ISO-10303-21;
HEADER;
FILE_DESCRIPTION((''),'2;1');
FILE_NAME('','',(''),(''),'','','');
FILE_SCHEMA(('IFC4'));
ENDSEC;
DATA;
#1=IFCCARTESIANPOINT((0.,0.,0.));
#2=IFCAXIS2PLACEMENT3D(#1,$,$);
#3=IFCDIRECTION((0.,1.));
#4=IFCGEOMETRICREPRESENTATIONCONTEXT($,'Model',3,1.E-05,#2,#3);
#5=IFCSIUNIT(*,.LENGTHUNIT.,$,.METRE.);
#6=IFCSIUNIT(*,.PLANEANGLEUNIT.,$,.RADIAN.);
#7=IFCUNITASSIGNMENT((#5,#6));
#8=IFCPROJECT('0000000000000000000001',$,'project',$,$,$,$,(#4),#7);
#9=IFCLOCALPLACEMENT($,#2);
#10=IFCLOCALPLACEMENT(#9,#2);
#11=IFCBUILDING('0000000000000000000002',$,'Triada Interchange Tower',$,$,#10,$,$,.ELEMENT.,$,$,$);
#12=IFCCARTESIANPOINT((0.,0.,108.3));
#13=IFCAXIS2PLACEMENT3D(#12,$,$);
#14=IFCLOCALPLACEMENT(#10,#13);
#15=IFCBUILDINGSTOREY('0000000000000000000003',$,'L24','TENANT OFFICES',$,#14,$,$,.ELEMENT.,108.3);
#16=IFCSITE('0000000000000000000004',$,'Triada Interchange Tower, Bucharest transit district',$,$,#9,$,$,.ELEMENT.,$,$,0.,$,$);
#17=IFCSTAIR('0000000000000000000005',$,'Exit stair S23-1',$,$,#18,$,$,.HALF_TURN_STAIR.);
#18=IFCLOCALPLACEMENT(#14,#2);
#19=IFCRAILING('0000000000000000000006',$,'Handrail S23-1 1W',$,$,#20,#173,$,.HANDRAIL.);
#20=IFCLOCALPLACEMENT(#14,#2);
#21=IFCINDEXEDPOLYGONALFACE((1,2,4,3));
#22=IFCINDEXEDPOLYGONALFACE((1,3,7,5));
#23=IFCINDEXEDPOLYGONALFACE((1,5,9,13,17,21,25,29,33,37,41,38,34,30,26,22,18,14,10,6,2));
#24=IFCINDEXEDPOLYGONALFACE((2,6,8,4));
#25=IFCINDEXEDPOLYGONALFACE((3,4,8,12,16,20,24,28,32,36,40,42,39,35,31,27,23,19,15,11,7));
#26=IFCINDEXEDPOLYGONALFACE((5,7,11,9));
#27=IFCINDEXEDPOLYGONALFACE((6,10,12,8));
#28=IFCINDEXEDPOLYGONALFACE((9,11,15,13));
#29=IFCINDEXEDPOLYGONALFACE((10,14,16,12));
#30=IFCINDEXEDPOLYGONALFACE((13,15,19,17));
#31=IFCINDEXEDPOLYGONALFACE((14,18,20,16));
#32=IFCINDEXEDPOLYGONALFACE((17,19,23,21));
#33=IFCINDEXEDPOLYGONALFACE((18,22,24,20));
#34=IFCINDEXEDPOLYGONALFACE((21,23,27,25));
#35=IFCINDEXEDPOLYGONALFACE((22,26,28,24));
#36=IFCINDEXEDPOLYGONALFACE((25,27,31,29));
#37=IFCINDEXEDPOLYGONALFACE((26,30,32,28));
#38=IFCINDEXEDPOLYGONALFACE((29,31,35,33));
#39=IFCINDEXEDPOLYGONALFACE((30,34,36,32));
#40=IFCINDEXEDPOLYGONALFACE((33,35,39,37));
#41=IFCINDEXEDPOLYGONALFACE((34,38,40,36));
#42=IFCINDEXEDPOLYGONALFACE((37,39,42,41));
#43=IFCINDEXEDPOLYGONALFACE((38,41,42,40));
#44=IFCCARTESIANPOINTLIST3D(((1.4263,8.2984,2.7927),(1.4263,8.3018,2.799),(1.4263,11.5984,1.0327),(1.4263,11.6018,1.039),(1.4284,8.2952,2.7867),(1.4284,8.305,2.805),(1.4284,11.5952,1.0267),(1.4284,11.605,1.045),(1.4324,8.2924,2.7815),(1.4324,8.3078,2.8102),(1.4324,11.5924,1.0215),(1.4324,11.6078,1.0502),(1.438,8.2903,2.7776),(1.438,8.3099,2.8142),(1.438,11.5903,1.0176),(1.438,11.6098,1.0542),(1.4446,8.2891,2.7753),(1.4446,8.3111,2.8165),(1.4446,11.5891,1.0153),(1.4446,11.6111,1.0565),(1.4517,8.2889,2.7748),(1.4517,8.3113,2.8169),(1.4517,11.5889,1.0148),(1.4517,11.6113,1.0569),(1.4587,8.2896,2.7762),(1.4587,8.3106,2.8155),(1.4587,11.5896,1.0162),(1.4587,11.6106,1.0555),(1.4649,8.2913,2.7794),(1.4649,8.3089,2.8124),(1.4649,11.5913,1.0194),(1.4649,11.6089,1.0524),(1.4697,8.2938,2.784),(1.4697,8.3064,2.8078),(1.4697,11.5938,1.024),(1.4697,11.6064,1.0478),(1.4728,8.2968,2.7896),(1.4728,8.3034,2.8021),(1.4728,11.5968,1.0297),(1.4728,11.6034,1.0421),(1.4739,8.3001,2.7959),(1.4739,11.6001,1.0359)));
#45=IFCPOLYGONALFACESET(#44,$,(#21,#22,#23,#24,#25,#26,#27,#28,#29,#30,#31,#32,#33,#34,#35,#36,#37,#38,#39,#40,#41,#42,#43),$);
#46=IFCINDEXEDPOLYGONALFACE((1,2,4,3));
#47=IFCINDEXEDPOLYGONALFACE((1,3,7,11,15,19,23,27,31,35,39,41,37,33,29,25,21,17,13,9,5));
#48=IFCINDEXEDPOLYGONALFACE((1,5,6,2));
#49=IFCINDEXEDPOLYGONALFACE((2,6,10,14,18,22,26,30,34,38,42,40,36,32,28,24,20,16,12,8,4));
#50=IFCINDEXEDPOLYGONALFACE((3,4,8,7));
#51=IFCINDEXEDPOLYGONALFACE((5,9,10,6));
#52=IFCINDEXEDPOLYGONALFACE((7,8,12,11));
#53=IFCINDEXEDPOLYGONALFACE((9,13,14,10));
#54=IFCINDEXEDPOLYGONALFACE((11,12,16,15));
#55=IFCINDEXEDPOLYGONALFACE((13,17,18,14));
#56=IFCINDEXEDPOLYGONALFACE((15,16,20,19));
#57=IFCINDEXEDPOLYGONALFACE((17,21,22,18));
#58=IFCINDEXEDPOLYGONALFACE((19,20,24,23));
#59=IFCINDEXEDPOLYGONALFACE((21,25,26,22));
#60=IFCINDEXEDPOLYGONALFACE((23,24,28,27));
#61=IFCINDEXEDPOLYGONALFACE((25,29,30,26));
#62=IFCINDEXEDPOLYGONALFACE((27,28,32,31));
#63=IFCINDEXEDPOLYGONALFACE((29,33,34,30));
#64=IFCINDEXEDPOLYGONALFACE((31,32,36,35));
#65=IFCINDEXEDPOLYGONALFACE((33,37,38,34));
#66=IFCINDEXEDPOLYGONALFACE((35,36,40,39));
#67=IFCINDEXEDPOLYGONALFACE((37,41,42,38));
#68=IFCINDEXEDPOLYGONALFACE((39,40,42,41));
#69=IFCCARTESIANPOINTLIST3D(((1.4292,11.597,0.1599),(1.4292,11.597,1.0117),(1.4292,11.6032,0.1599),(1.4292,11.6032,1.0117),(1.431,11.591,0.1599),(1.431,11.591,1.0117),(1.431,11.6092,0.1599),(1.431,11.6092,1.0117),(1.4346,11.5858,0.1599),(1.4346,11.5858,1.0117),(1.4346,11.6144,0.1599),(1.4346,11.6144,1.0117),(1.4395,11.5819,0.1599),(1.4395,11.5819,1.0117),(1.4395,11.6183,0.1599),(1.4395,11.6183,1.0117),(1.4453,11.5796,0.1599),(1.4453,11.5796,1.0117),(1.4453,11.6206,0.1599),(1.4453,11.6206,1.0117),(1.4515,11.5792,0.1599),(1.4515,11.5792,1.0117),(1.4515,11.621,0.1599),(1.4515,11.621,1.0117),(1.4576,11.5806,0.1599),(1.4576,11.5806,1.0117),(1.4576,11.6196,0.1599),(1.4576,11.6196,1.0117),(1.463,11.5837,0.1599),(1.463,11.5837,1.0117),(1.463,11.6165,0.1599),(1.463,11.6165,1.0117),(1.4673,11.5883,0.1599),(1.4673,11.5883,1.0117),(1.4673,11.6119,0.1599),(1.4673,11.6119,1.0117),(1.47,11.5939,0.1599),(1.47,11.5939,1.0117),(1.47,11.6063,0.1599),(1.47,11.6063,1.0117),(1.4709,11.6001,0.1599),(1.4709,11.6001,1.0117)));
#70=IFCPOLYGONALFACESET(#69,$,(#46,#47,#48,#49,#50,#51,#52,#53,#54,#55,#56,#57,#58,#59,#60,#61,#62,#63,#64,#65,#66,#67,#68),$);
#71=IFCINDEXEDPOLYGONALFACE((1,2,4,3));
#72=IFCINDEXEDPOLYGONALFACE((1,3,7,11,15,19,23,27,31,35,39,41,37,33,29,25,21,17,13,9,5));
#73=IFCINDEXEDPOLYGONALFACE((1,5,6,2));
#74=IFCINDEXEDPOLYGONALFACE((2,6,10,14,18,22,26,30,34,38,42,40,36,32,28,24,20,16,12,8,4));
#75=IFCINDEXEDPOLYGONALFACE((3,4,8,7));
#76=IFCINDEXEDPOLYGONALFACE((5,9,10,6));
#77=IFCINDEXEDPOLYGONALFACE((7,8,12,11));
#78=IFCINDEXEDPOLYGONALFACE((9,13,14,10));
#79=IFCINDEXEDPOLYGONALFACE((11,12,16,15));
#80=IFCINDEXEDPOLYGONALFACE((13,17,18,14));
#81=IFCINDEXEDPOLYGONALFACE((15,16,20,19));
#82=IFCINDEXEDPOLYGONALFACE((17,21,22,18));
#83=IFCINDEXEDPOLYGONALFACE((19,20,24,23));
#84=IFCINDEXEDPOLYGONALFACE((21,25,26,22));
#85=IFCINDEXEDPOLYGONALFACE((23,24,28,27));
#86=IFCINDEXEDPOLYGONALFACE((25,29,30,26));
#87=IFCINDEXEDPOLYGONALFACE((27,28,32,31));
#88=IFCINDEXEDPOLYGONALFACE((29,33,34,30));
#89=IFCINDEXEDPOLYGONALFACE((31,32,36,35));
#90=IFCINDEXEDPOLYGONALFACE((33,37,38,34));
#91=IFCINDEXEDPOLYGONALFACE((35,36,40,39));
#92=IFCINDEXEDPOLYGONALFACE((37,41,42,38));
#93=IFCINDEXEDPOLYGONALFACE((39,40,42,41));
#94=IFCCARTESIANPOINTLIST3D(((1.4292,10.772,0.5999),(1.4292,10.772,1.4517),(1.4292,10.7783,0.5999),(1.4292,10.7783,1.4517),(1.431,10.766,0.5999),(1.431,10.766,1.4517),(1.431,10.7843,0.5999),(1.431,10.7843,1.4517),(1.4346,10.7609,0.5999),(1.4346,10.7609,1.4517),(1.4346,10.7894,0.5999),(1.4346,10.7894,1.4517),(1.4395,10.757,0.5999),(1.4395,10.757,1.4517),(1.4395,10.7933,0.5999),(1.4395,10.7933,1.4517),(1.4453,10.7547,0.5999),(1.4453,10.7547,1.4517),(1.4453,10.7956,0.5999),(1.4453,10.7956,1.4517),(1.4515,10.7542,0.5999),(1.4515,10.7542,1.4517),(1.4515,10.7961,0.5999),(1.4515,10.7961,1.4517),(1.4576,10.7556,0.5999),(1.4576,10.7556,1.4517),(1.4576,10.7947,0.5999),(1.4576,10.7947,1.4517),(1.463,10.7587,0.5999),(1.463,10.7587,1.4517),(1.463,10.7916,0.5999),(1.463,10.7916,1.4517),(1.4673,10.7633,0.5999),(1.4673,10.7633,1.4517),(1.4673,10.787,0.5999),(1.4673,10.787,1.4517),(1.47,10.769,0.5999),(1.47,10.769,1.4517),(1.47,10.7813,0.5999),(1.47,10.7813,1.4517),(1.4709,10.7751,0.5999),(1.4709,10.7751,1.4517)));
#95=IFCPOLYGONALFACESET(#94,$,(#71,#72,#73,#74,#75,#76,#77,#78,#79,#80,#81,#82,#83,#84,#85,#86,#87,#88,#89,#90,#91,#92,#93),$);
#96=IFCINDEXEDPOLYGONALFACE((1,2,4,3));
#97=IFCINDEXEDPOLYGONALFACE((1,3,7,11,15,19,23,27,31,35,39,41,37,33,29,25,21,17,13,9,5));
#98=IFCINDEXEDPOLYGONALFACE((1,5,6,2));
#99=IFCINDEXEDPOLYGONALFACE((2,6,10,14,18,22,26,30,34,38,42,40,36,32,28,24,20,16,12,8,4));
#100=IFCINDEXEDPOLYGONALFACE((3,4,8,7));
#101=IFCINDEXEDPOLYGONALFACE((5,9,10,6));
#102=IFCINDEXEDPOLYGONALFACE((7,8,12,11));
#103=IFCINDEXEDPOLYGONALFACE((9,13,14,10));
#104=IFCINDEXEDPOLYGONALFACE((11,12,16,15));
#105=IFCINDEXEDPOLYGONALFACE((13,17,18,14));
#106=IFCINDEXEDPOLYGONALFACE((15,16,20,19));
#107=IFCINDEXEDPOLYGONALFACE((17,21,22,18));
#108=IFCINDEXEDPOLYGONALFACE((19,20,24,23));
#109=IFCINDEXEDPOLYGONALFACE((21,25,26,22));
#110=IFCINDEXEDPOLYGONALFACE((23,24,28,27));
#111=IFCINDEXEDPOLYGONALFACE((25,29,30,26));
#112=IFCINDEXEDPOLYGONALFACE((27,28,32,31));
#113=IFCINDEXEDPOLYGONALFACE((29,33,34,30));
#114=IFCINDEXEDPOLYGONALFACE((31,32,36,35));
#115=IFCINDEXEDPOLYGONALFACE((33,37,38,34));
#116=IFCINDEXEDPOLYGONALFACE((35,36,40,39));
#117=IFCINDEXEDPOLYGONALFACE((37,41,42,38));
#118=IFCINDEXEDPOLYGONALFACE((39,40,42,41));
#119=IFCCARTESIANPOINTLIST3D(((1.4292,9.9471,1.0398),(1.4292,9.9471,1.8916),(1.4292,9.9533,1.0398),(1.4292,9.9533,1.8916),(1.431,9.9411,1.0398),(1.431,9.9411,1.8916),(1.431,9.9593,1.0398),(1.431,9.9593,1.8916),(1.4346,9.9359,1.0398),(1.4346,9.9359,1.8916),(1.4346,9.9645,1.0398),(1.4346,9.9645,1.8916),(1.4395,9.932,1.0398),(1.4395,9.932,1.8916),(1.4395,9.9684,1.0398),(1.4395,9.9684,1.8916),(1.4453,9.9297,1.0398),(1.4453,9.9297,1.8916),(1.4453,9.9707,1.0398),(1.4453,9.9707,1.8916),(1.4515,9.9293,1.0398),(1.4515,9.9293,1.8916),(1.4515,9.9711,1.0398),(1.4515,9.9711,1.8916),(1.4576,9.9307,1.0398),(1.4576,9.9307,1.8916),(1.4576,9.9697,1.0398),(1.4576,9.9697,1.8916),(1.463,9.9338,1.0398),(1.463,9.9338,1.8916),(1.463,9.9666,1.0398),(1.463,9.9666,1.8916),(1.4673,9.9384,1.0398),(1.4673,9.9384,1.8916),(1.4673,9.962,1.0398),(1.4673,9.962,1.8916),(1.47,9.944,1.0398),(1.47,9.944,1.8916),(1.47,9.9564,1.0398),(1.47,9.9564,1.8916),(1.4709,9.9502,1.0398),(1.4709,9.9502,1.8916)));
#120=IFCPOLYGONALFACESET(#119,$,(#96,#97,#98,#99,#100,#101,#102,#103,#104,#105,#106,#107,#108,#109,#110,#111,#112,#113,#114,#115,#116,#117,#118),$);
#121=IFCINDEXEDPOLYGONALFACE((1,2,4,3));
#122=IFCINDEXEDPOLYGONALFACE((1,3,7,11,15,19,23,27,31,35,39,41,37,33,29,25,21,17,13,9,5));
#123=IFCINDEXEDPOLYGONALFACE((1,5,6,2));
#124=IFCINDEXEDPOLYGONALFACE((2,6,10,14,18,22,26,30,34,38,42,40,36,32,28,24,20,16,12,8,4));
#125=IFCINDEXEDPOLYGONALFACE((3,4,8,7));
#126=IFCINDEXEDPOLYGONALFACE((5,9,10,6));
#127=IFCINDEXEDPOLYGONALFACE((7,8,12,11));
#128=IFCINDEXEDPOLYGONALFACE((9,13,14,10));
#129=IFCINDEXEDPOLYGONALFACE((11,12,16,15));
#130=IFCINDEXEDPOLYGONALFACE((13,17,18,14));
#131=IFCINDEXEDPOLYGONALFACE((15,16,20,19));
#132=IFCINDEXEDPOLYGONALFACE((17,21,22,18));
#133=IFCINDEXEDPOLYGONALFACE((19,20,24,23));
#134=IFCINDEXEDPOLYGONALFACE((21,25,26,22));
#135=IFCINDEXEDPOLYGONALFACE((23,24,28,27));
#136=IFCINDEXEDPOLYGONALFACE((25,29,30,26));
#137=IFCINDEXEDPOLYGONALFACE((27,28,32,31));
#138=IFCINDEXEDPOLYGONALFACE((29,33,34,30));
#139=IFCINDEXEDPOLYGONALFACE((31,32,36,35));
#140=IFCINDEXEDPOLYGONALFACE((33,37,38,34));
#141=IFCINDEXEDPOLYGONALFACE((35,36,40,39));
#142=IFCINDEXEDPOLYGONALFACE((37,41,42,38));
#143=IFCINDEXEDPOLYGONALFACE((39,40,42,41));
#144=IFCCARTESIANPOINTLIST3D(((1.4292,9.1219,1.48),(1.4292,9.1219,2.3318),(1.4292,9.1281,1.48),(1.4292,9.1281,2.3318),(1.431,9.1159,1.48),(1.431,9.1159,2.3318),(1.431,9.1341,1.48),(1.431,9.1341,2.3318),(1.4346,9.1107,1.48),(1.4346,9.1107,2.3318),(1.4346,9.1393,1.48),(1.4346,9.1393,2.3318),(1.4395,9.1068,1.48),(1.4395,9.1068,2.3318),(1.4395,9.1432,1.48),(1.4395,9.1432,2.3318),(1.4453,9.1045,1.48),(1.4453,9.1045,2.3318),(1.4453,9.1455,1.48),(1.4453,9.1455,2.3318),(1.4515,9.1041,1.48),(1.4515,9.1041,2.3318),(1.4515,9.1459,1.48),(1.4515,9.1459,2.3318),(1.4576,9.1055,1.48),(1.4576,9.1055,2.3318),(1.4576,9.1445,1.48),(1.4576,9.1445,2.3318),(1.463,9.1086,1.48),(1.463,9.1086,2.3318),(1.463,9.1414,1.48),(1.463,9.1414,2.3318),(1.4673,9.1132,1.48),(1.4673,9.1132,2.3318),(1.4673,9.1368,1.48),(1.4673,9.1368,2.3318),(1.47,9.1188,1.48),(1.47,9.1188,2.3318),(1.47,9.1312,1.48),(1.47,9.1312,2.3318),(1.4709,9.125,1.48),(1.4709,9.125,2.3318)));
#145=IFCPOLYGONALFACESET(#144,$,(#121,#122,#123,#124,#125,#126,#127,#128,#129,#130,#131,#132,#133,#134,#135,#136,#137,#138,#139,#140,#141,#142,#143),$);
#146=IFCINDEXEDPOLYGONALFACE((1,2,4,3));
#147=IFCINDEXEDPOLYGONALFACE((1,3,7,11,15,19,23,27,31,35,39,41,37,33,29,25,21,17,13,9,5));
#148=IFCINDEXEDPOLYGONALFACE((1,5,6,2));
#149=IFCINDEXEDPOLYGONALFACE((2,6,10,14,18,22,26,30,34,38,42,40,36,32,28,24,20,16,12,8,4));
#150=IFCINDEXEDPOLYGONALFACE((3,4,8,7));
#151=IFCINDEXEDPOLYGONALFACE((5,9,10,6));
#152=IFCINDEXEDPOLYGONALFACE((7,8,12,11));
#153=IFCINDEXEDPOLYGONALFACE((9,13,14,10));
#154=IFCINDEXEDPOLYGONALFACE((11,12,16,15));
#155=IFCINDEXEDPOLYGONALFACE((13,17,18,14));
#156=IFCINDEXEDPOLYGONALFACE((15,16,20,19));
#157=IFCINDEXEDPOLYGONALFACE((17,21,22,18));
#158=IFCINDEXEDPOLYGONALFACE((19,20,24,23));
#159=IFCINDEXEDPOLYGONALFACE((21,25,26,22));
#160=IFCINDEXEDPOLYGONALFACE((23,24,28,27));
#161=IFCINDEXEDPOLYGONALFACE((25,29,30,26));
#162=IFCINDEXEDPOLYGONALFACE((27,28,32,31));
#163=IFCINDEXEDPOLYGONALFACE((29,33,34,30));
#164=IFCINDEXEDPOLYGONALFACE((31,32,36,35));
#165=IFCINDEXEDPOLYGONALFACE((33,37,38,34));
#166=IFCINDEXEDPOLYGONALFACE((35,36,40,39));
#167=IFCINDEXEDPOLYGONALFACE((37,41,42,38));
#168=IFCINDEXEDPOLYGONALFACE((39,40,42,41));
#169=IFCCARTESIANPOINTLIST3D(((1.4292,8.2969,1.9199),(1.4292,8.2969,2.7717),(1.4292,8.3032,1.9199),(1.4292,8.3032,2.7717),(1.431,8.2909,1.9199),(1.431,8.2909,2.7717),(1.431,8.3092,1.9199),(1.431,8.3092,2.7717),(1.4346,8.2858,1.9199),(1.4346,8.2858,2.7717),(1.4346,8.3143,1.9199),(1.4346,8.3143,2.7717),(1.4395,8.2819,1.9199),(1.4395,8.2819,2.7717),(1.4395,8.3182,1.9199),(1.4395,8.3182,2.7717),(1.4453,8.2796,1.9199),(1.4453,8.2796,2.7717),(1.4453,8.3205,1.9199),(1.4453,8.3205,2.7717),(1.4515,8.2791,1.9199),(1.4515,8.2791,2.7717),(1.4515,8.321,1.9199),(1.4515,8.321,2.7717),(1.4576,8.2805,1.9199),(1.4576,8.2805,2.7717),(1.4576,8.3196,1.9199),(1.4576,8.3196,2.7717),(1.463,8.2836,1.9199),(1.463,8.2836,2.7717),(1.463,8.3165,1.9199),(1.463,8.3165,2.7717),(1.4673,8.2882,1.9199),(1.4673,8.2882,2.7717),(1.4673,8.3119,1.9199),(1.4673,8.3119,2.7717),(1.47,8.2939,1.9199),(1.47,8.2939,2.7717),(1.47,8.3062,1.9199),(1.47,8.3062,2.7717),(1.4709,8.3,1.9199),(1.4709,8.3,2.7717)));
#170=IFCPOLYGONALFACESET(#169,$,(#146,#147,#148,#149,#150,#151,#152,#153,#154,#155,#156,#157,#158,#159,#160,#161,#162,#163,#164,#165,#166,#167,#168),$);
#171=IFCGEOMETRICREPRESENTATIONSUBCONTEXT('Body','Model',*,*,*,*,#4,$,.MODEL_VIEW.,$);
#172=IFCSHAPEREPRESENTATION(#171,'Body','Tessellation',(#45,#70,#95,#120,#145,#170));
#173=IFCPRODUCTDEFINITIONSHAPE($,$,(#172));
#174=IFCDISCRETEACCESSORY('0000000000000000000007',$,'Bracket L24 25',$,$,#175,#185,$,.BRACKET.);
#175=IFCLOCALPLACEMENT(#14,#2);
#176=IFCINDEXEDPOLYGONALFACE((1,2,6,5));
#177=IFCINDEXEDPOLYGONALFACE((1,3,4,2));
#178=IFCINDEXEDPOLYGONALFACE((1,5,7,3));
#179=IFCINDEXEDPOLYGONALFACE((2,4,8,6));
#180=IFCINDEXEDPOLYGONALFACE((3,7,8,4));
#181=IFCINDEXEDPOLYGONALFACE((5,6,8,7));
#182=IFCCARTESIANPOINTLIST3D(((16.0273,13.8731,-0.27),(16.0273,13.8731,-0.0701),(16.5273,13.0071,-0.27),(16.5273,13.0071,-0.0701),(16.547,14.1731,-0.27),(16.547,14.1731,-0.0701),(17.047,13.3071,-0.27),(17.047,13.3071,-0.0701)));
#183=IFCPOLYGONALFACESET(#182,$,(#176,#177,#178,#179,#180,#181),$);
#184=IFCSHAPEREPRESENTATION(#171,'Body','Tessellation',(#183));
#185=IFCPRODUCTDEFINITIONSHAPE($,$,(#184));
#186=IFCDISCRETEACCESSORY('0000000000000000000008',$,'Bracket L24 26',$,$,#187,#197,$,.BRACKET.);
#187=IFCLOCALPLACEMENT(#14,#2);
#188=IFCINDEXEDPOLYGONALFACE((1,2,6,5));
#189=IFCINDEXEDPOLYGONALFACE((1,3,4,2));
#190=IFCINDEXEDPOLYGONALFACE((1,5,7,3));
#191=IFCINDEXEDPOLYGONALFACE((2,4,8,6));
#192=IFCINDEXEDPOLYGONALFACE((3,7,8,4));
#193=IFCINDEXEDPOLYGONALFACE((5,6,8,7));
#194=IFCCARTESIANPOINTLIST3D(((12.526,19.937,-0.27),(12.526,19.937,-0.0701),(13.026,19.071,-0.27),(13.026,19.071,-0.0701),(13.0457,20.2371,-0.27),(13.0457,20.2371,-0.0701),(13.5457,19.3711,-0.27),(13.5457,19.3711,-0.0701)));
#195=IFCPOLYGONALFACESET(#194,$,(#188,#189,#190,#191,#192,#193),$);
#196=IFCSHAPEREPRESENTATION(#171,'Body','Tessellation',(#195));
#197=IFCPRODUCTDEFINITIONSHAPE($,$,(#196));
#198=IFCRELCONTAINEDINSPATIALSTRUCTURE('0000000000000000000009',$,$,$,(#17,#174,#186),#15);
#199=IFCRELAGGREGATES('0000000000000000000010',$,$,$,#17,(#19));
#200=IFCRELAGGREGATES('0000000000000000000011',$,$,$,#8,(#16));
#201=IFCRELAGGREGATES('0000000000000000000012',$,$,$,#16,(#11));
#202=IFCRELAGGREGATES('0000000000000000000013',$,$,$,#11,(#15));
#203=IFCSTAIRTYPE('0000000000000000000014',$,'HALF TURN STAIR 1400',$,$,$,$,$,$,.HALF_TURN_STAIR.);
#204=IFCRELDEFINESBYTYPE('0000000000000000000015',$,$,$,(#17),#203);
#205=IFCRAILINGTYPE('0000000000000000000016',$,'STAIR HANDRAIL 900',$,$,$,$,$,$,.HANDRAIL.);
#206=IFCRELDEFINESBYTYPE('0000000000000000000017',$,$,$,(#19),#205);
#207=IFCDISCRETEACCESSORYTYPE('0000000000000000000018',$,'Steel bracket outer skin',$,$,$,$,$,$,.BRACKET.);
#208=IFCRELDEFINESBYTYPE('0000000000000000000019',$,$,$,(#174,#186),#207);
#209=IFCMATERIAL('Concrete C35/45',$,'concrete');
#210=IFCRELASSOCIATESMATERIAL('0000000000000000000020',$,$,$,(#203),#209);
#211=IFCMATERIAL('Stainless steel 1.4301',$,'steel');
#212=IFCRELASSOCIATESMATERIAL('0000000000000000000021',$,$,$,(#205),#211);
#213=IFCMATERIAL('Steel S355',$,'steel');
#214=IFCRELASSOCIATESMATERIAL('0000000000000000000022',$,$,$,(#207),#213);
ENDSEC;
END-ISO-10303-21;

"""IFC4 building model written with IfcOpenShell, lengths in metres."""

from ifc_helpers import new_model, si_unit, direction, frame, origin, origin_2d, place, context, subcontext, project, spatial, rectangle, circle, extrude, material, type_object, element, aggregate, save


model = new_model("IFC4")

# Units and contexts
model_context = context("Model", 3, precision=1e-05, world=origin(), true_north=direction((0.0, 1.0)))
body_context = subcontext(model_context, "Body", "Model", "MODEL_VIEW")
ifc_project = project(units=[si_unit("LENGTHUNIT", "METRE"), si_unit("PLANEANGLEUNIT", "RADIAN")], contexts=[model_context])

# Site, building, storey
site_placement = place(None, origin())
site = spatial("IfcSite", under=ifc_project, at=site_placement, Name="Triada Interchange Tower, Bucharest transit district", CompositionType="ELEMENT", RefElevation=0.0)
building_placement = place(site_placement, origin())
building = spatial("IfcBuilding", under=site, at=building_placement, Name="Triada Interchange Tower", CompositionType="ELEMENT")
storey_placement = place(building_placement, frame((0.0, 0.0, 108.3)))
storey = spatial("IfcBuildingStorey", under=building, at=storey_placement, Name="L24", Description="TENANT OFFICES", CompositionType="ELEMENT", Elevation=108.3)

# Stair
ifc_material_1 = material(Name="Concrete C35/45", Category="concrete")
stair_type = type_object("IfcStairType", Name="HALF TURN STAIR 1400", PredefinedType="HALF_TURN_STAIR", material=ifc_material_1)
stair_placement = place(storey_placement, origin())
stair = element("IfcStair", 1, at=stair_placement, inside=storey, type_object=stair_type, Name="Exit stair S23-1", PredefinedType="HALF_TURN_STAIR")

# Railing
ifc_material_2 = material(Name="Stainless steel 1.4301", Category="steel")
railing_type = type_object("IfcRailingType", Name="STAIR HANDRAIL 900", PredefinedType="HANDRAIL", material=ifc_material_2)
railing_placement = place(storey_placement, frame((1.45, 11.6001, 0.1599)))
railing = element("IfcRailing", 2, at=railing_placement, type_object=railing_type, Name="Handrail S23-1 1W", PredefinedType="HANDRAIL", context=body_context, shape_type="SweptSolid", body=[
    extrude(circle(Radius=0.0239, at=origin_2d()), frame((0.0, 0.0, 0.876), z_axis=(0.0, -0.882355, 0.470585), x_axis=(1.0, 0.0, 0.0)), (0.0, 0.0, 1.0), 3.74),
    extrude(circle(Radius=0.021, at=origin_2d()), origin(), (0.0, 0.0, 1.0), 0.8518),
    extrude(circle(Radius=0.021, at=origin_2d()), frame((0.0, -0.825, 0.4399)), (0.0, 0.0, 1.0), 0.8518),
    extrude(circle(Radius=0.021, at=origin_2d()), frame((0.0, -1.6499, 0.8799)), (0.0, 0.0, 1.0), 0.8518),
    extrude(circle(Radius=0.021, at=origin_2d()), frame((0.0, -2.4751, 1.3201)), (0.0, 0.0, 1.0), 0.8518),
    extrude(circle(Radius=0.021, at=origin_2d()), frame((0.0, -3.3, 1.76)), (0.0, 0.0, 1.0), 0.8518),
])
aggregate(stair, [railing])

# Discrete accessories
ifc_material_3 = material(Name="Steel S355", Category="steel")
discrete_accessory_type = type_object("IfcDiscreteAccessoryType", Name="Steel bracket outer skin", PredefinedType="BRACKET", material=ifc_material_3)
for number, where, z_axis, x_axis, name in (
    (3, (16.5371, 13.5901, -0.27), (0.0, 0.0, 1.0), (0.866022, 0.500006, 0.0), "Bracket L24 25"),
    (4, (13.0359, 19.6541, -0.27), (0.0, 0.0, 1.0), (0.866022, 0.500006, 0.0), "Bracket L24 26"),
):
    element("IfcDiscreteAccessory", number, at=place(storey_placement, frame(where, z_axis=z_axis, x_axis=x_axis)), inside=storey, type_object=discrete_accessory_type, Name=name, PredefinedType="BRACKET", context=body_context, shape_type="SweptSolid", body=[
        extrude(rectangle(XDim=0.6001, YDim=1.0, at=origin_2d()), origin(), (0.0, 0.0, 1.0), 0.2),
    ])

save(model, "model.ifc")
